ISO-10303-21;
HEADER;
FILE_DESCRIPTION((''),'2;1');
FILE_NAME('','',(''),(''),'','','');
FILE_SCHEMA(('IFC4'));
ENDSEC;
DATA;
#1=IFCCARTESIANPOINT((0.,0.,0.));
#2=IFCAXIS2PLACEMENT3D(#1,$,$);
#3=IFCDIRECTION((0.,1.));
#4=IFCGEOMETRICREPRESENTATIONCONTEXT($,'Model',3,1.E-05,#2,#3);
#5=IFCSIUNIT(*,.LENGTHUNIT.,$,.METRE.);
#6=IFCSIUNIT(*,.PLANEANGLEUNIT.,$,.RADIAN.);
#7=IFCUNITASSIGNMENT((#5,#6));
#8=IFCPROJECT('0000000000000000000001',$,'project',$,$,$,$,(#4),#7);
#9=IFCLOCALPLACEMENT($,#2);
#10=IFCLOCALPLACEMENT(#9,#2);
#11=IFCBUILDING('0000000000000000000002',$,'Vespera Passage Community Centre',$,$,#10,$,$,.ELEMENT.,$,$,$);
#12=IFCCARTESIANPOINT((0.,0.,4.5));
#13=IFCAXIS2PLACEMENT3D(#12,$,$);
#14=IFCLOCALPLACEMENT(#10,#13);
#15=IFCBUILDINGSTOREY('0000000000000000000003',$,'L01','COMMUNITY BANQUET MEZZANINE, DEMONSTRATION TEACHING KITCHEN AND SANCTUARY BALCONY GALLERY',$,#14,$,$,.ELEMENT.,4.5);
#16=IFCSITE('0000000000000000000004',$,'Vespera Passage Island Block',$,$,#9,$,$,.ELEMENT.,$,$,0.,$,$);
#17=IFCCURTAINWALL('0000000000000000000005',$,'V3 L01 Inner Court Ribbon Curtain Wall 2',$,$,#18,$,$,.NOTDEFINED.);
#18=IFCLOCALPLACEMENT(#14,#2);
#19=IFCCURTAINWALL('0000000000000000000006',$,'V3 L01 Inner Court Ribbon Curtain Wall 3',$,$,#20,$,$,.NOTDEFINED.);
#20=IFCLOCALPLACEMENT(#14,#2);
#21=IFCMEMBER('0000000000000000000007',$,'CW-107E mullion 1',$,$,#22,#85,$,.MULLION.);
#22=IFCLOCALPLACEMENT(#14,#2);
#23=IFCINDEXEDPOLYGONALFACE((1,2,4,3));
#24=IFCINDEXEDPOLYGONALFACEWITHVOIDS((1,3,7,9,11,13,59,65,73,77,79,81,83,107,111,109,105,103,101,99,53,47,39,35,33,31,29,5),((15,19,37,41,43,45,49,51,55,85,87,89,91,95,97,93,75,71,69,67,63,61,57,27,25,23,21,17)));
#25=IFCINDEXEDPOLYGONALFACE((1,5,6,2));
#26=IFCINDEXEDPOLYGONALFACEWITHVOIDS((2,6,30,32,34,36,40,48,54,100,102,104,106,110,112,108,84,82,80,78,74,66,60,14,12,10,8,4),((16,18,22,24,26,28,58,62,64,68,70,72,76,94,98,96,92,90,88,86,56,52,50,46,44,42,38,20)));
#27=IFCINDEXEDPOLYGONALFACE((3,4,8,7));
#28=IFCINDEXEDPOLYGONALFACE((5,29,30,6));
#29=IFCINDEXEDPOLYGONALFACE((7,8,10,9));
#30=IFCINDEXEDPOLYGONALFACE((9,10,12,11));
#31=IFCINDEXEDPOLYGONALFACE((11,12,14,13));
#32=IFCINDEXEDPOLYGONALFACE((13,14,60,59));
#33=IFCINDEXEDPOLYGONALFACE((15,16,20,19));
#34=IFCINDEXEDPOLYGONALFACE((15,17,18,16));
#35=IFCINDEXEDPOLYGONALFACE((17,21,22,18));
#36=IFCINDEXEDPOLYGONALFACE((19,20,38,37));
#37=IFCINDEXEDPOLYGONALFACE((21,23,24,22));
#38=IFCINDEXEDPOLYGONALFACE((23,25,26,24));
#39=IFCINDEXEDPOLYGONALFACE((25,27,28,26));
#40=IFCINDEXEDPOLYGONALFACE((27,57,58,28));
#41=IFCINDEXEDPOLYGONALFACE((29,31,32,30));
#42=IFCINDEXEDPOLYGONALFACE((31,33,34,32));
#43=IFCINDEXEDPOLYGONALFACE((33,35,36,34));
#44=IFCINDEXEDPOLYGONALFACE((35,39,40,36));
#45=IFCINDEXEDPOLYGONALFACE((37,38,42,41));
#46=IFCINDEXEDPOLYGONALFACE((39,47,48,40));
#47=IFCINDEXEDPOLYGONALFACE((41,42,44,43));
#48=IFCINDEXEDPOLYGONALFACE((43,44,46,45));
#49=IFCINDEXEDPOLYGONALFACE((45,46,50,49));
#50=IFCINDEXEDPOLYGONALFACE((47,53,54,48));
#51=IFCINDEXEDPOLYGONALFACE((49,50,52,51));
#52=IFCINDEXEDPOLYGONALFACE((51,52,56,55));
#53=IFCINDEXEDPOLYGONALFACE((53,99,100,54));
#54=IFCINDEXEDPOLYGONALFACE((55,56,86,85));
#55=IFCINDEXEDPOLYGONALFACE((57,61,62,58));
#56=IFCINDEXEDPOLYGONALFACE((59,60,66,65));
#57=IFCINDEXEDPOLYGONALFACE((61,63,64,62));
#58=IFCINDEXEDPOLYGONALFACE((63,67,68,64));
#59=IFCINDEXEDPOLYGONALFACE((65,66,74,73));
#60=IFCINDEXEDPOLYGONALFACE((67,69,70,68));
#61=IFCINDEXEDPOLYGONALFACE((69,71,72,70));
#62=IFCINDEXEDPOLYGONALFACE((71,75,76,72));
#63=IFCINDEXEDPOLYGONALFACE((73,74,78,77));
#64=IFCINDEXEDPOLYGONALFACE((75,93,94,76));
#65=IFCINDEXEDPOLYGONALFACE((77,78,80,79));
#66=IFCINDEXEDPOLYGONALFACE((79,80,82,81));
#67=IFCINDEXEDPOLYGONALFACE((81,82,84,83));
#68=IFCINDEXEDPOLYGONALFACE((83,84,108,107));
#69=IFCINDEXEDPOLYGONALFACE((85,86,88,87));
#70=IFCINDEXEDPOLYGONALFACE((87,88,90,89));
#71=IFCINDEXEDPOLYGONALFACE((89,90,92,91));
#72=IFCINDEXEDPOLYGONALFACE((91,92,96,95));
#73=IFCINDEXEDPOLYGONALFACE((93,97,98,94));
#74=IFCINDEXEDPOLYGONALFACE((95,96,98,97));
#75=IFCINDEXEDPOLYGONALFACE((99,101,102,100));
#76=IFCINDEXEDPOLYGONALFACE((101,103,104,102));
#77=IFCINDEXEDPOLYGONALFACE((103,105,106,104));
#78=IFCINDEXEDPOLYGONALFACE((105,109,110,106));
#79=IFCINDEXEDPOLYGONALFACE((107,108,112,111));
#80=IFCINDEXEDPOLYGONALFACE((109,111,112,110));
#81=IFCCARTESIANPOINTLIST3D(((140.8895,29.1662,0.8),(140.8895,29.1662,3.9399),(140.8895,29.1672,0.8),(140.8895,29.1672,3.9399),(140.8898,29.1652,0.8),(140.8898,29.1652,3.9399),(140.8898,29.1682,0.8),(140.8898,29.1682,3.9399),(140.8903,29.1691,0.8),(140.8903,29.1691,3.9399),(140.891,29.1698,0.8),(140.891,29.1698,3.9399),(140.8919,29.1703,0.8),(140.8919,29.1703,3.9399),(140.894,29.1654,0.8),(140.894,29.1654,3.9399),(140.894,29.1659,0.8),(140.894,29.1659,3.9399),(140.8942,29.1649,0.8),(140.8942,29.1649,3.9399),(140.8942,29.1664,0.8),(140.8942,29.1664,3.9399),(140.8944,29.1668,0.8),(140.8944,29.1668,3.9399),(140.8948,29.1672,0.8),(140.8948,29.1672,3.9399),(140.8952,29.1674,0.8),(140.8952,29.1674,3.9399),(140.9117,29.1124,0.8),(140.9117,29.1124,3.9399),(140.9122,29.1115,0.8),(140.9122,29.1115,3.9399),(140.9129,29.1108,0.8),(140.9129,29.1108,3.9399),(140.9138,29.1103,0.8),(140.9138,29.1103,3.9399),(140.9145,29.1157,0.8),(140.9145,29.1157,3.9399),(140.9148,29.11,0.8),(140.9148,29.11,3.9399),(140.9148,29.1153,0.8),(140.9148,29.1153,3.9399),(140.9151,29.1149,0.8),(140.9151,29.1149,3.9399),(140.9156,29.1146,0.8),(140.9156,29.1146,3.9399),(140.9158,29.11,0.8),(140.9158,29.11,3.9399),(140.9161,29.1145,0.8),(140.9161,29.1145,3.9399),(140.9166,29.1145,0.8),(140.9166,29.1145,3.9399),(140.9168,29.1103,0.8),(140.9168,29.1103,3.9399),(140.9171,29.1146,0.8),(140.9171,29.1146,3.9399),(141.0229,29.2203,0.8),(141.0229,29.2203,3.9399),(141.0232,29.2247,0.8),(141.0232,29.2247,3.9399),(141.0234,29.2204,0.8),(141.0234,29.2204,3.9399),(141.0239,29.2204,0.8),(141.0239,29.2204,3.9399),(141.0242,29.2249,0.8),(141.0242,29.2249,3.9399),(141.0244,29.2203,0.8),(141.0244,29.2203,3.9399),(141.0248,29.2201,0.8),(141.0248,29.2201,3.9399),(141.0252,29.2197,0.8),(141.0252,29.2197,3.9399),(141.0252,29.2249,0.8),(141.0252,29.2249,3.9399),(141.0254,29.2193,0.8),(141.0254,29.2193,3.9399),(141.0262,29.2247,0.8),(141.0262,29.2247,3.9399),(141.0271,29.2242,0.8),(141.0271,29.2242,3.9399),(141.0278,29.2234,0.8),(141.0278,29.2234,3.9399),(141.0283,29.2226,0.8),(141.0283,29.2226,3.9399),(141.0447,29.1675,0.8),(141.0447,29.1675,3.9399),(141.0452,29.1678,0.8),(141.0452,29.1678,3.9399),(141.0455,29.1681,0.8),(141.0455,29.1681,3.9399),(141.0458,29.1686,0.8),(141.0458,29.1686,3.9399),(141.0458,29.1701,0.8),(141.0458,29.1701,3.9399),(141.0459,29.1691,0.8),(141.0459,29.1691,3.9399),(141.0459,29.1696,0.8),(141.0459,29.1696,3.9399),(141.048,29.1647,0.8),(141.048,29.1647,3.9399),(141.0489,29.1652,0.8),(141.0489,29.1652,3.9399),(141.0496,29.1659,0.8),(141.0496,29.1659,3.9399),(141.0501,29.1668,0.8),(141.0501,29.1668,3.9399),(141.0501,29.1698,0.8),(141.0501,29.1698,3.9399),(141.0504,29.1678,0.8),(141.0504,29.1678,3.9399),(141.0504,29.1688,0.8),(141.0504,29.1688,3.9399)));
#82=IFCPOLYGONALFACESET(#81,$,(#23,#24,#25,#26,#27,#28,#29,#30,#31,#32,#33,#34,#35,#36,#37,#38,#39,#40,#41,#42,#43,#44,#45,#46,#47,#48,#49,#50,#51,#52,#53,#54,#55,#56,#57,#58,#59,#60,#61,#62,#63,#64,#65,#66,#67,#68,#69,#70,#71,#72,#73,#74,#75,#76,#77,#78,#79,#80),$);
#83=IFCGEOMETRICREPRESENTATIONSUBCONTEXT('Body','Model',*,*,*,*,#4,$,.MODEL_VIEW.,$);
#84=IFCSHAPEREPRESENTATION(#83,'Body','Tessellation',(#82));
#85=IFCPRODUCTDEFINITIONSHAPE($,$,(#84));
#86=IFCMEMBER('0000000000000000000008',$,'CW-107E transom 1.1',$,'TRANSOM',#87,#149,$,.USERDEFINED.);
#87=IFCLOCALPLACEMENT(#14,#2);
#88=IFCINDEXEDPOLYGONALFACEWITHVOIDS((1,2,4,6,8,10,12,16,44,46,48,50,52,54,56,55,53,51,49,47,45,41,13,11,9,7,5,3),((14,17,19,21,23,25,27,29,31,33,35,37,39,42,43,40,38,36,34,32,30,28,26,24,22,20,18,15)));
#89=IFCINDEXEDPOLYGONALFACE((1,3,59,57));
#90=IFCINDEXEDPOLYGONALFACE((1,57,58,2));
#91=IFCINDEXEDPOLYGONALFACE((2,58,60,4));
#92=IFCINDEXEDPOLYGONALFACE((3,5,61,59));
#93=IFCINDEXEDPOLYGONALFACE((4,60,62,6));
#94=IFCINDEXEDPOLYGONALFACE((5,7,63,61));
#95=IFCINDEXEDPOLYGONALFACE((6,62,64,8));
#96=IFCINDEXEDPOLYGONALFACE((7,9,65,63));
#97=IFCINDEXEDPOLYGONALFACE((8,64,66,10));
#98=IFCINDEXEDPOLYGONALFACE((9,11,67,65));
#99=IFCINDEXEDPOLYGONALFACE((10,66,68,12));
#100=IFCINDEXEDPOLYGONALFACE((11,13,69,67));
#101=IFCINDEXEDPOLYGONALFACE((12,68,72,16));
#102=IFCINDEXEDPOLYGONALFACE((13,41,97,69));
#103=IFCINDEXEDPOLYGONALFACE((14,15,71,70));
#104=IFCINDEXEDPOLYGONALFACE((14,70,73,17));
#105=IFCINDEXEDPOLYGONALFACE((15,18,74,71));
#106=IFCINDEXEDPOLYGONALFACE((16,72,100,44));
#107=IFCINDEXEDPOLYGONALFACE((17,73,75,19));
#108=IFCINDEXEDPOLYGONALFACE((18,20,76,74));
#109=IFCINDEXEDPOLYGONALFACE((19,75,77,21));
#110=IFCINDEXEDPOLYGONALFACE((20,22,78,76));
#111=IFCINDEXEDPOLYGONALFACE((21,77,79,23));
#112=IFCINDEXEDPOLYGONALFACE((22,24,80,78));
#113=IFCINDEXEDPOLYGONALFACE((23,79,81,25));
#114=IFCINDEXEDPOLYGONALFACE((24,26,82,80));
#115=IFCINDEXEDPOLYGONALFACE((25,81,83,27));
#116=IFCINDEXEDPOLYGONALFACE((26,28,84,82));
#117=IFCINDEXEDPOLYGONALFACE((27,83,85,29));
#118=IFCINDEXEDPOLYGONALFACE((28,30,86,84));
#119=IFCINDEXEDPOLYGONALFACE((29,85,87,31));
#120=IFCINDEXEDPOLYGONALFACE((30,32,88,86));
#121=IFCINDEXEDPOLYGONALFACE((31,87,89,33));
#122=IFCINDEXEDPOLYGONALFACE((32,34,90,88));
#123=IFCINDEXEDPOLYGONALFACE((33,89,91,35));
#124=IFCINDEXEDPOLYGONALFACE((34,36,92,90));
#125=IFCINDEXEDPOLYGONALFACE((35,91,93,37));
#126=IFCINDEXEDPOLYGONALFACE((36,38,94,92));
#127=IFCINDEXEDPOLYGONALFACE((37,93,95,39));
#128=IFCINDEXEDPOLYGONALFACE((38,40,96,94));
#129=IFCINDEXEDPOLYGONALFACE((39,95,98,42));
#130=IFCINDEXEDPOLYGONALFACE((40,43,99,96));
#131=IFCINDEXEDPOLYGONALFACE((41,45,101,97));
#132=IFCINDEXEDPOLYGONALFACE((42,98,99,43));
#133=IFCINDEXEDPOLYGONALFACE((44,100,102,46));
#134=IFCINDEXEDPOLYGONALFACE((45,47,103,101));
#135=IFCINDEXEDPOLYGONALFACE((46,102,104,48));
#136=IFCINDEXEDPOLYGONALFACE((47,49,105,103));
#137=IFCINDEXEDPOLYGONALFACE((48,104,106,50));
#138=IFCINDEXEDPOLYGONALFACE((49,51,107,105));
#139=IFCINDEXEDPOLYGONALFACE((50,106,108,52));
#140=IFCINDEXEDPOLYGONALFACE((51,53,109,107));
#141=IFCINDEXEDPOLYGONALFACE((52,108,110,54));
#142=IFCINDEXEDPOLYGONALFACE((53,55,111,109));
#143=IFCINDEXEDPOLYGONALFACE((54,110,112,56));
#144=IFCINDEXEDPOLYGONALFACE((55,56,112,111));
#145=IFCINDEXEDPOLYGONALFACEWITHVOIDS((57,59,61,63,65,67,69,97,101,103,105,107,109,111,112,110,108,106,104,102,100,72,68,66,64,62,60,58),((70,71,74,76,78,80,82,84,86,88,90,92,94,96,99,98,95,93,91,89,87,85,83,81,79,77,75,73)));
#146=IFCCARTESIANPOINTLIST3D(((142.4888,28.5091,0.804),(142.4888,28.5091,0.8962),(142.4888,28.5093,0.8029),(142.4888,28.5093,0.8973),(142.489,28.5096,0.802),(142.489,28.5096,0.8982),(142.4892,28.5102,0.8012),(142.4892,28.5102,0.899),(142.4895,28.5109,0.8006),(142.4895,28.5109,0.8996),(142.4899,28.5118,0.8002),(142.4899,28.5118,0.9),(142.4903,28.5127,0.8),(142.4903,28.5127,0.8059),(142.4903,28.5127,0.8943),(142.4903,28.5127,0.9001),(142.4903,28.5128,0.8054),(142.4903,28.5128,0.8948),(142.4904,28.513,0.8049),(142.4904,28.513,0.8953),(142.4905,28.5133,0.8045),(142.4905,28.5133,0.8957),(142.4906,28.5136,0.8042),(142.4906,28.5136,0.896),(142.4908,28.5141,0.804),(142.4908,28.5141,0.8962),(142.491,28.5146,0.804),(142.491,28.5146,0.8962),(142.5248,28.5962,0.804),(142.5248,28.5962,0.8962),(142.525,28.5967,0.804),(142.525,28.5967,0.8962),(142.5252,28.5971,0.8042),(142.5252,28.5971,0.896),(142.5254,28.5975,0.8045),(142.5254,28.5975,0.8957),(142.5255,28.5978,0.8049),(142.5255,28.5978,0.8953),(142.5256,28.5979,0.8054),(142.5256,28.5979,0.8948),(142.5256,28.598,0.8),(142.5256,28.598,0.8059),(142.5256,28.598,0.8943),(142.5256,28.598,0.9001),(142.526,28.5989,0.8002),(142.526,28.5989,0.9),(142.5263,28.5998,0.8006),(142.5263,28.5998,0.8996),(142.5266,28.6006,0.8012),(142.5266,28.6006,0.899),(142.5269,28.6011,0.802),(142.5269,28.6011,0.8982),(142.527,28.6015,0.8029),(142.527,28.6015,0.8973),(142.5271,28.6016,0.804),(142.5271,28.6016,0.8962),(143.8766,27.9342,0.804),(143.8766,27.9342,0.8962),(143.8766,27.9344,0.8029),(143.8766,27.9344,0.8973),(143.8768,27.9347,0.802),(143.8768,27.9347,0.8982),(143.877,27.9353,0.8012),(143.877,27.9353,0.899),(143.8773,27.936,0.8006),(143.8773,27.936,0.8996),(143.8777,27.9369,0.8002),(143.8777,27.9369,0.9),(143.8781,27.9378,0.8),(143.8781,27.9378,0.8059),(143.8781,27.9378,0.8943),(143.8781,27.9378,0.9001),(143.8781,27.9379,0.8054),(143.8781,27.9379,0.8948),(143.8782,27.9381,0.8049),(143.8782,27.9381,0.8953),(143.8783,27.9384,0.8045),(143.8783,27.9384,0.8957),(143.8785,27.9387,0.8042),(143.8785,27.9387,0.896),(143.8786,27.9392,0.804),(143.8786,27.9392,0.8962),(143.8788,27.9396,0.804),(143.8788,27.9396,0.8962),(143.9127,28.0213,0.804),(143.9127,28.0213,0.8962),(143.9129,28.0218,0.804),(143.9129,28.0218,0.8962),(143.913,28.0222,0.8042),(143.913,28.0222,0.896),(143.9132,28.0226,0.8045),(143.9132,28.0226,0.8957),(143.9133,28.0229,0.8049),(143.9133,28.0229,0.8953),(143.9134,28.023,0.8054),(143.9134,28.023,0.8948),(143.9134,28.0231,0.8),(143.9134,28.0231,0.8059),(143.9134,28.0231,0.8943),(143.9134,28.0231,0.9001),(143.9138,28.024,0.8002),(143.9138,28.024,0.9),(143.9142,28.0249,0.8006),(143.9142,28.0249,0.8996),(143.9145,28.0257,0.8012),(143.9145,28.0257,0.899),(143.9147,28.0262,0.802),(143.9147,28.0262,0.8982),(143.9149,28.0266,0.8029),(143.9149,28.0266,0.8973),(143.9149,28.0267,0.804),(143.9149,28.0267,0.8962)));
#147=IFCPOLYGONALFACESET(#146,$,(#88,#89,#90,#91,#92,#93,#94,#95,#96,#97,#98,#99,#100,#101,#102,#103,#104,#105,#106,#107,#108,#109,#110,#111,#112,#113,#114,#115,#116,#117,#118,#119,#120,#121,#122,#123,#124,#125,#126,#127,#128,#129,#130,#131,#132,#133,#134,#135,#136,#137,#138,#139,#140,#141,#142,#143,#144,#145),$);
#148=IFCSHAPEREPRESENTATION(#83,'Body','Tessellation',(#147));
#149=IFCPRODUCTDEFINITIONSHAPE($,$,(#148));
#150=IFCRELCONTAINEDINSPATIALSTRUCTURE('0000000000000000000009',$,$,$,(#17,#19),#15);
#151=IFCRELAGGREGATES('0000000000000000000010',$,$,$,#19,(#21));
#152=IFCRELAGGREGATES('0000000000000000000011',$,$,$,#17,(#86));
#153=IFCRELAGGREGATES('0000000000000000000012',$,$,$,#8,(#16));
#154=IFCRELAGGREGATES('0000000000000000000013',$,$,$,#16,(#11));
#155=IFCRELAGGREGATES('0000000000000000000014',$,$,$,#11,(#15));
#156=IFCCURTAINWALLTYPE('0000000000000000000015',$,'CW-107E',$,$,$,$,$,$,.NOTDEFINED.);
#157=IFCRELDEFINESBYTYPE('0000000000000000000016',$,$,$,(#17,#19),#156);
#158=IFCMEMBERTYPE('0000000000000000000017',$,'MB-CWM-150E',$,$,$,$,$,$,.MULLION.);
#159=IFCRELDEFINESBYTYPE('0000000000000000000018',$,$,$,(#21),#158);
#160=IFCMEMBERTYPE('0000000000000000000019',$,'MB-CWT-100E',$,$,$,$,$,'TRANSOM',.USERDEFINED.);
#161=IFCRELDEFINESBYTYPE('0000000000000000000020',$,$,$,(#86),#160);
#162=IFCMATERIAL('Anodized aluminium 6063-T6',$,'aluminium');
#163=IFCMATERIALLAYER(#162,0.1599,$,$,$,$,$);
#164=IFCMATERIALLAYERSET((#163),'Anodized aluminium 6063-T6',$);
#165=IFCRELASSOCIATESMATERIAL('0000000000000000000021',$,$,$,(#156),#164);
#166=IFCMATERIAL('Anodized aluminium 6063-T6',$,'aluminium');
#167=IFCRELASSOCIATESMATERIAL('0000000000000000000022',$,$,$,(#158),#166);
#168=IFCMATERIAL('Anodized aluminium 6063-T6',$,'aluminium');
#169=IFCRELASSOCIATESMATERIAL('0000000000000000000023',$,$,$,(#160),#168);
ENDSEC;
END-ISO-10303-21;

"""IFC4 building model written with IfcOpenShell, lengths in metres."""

from ifc_helpers import new_model, si_unit, direction, frame, origin, origin_2d, place, context, subcontext, project, spatial, hollow_rectangle, extrude, material, layer, layer_set, material_profile, profile_set, type_object, element, aggregate, save


model = new_model("IFC4")

# Units and contexts
model_context = context("Model", 3, precision=1e-05, world=origin(), true_north=direction((0.0, 1.0)))
body_context = subcontext(model_context, "Body", "Model", "MODEL_VIEW")
ifc_project = project(units=[si_unit("LENGTHUNIT", "METRE"), si_unit("PLANEANGLEUNIT", "RADIAN")], contexts=[model_context])

# Site, building, storey
site_placement = place(None, origin())
site = spatial("IfcSite", under=ifc_project, at=site_placement, Name="Vespera Passage Island Block", CompositionType="ELEMENT", RefElevation=0.0)
building_placement = place(site_placement, origin())
building = spatial("IfcBuilding", under=site, at=building_placement, Name="Vespera Passage Community Centre", CompositionType="ELEMENT")
storey_placement = place(building_placement, frame((0.0, 0.0, 4.5)))
storey = spatial("IfcBuildingStorey", under=building, at=storey_placement, Name="L01", Description="COMMUNITY BANQUET MEZZANINE, DEMONSTRATION TEACHING KITCHEN AND SANCTUARY BALCONY GALLERY", CompositionType="ELEMENT", Elevation=4.5)

# Shared definitions
ifc_material_1 = material(Name="Anodized aluminium 6063-T6", Category="aluminium")
ifc_layer_1 = layer(ifc_material_1, 0.1599)
ifc_layer_set_1 = layer_set([ifc_layer_1], Name="Anodized aluminium 6063-T6")
curtain_wall_type = type_object("IfcCurtainWallType", Name="CW-107E", PredefinedType="NOTDEFINED", material=ifc_layer_set_1)
ifc_material_2 = material(Name="Anodized aluminium 6063-T6", Category="aluminium")
ifc_material_profile_1 = material_profile(ifc_material_2, hollow_rectangle(XDim=0.0649, YDim=0.1499, WallThickness=0.0039, InnerFilletRadius=0.002, OuterFilletRadius=0.0039, at=origin_2d()), Name="ALU150X65X4")
ifc_profile_set_1 = profile_set([ifc_material_profile_1], Name="Anodized aluminium 6063-T6")
member_type_1 = type_object("IfcMemberType", Name="MB-CWM-150E", PredefinedType="MULLION", material=ifc_profile_set_1)

# Curtain wall
curtain_wall_1_placement = place(storey_placement, origin())
curtain_wall_1 = element("IfcCurtainWall", 1, at=curtain_wall_1_placement, inside=storey, type_object=curtain_wall_type, Name="V3 L01 Inner Court Ribbon Curtain Wall 2", PredefinedType="NOTDEFINED")

# Curtain wall, member
curtain_wall_2_placement = place(storey_placement, origin())
curtain_wall_2 = element("IfcCurtainWall", 2, at=curtain_wall_2_placement, inside=storey, type_object=curtain_wall_type, Name="V3 L01 Inner Court Ribbon Curtain Wall 3", PredefinedType="NOTDEFINED")
member_1_placement = place(storey_placement, frame((140.97, 29.1675, 0.8), z_axis=(0.0, 0.0, 1.0), x_axis=(0.382686, -0.923879, 0.0)))
member_1 = element("IfcMember", 3, at=member_1_placement, type_object=member_type_1, Name="CW-107E mullion 1", PredefinedType="MULLION", context=body_context, shape_type="SweptSolid", body=[
    extrude(hollow_rectangle(XDim=0.0649, YDim=0.1499, WallThickness=0.0039, InnerFilletRadius=0.002, OuterFilletRadius=0.0039, at=origin_2d()), origin(), (0.0, 0.0, 1.0), 3.1399),
])
aggregate(curtain_wall_2, [member_1])

# Member
ifc_material_3 = material(Name="Anodized aluminium 6063-T6", Category="aluminium")
ifc_material_profile_2 = material_profile(ifc_material_3, hollow_rectangle(XDim=0.1001, YDim=0.1001, WallThickness=0.0039, InnerFilletRadius=0.002, OuterFilletRadius=0.0039, at=origin_2d()), Name="ALU100X100X4")
ifc_profile_set_2 = profile_set([ifc_material_profile_2], Name="Anodized aluminium 6063-T6")
member_type_2 = type_object("IfcMemberType", Name="MB-CWT-100E", ElementType="TRANSOM", PredefinedType="USERDEFINED", material=ifc_profile_set_2)
member_2_placement = place(storey_placement, frame((143.8958, 27.9805, 0.8501), z_axis=(-0.923868, 0.382711, 0.0), x_axis=(-0.382711, -0.923868, 0.0)))
member_2 = element("IfcMember", 4, at=member_2_placement, type_object=member_type_2, Name="CW-107E transom 1.1", ObjectType="TRANSOM", PredefinedType="USERDEFINED", context=body_context, shape_type="SweptSolid", body=[
    extrude(hollow_rectangle(XDim=0.1001, YDim=0.1001, WallThickness=0.0039, InnerFilletRadius=0.002, OuterFilletRadius=0.0039, at=origin_2d()), origin(), (0.0, 0.0, 1.0), 1.5022),
])

aggregate(curtain_wall_1, [member_2])

save(model, "model.ifc")
